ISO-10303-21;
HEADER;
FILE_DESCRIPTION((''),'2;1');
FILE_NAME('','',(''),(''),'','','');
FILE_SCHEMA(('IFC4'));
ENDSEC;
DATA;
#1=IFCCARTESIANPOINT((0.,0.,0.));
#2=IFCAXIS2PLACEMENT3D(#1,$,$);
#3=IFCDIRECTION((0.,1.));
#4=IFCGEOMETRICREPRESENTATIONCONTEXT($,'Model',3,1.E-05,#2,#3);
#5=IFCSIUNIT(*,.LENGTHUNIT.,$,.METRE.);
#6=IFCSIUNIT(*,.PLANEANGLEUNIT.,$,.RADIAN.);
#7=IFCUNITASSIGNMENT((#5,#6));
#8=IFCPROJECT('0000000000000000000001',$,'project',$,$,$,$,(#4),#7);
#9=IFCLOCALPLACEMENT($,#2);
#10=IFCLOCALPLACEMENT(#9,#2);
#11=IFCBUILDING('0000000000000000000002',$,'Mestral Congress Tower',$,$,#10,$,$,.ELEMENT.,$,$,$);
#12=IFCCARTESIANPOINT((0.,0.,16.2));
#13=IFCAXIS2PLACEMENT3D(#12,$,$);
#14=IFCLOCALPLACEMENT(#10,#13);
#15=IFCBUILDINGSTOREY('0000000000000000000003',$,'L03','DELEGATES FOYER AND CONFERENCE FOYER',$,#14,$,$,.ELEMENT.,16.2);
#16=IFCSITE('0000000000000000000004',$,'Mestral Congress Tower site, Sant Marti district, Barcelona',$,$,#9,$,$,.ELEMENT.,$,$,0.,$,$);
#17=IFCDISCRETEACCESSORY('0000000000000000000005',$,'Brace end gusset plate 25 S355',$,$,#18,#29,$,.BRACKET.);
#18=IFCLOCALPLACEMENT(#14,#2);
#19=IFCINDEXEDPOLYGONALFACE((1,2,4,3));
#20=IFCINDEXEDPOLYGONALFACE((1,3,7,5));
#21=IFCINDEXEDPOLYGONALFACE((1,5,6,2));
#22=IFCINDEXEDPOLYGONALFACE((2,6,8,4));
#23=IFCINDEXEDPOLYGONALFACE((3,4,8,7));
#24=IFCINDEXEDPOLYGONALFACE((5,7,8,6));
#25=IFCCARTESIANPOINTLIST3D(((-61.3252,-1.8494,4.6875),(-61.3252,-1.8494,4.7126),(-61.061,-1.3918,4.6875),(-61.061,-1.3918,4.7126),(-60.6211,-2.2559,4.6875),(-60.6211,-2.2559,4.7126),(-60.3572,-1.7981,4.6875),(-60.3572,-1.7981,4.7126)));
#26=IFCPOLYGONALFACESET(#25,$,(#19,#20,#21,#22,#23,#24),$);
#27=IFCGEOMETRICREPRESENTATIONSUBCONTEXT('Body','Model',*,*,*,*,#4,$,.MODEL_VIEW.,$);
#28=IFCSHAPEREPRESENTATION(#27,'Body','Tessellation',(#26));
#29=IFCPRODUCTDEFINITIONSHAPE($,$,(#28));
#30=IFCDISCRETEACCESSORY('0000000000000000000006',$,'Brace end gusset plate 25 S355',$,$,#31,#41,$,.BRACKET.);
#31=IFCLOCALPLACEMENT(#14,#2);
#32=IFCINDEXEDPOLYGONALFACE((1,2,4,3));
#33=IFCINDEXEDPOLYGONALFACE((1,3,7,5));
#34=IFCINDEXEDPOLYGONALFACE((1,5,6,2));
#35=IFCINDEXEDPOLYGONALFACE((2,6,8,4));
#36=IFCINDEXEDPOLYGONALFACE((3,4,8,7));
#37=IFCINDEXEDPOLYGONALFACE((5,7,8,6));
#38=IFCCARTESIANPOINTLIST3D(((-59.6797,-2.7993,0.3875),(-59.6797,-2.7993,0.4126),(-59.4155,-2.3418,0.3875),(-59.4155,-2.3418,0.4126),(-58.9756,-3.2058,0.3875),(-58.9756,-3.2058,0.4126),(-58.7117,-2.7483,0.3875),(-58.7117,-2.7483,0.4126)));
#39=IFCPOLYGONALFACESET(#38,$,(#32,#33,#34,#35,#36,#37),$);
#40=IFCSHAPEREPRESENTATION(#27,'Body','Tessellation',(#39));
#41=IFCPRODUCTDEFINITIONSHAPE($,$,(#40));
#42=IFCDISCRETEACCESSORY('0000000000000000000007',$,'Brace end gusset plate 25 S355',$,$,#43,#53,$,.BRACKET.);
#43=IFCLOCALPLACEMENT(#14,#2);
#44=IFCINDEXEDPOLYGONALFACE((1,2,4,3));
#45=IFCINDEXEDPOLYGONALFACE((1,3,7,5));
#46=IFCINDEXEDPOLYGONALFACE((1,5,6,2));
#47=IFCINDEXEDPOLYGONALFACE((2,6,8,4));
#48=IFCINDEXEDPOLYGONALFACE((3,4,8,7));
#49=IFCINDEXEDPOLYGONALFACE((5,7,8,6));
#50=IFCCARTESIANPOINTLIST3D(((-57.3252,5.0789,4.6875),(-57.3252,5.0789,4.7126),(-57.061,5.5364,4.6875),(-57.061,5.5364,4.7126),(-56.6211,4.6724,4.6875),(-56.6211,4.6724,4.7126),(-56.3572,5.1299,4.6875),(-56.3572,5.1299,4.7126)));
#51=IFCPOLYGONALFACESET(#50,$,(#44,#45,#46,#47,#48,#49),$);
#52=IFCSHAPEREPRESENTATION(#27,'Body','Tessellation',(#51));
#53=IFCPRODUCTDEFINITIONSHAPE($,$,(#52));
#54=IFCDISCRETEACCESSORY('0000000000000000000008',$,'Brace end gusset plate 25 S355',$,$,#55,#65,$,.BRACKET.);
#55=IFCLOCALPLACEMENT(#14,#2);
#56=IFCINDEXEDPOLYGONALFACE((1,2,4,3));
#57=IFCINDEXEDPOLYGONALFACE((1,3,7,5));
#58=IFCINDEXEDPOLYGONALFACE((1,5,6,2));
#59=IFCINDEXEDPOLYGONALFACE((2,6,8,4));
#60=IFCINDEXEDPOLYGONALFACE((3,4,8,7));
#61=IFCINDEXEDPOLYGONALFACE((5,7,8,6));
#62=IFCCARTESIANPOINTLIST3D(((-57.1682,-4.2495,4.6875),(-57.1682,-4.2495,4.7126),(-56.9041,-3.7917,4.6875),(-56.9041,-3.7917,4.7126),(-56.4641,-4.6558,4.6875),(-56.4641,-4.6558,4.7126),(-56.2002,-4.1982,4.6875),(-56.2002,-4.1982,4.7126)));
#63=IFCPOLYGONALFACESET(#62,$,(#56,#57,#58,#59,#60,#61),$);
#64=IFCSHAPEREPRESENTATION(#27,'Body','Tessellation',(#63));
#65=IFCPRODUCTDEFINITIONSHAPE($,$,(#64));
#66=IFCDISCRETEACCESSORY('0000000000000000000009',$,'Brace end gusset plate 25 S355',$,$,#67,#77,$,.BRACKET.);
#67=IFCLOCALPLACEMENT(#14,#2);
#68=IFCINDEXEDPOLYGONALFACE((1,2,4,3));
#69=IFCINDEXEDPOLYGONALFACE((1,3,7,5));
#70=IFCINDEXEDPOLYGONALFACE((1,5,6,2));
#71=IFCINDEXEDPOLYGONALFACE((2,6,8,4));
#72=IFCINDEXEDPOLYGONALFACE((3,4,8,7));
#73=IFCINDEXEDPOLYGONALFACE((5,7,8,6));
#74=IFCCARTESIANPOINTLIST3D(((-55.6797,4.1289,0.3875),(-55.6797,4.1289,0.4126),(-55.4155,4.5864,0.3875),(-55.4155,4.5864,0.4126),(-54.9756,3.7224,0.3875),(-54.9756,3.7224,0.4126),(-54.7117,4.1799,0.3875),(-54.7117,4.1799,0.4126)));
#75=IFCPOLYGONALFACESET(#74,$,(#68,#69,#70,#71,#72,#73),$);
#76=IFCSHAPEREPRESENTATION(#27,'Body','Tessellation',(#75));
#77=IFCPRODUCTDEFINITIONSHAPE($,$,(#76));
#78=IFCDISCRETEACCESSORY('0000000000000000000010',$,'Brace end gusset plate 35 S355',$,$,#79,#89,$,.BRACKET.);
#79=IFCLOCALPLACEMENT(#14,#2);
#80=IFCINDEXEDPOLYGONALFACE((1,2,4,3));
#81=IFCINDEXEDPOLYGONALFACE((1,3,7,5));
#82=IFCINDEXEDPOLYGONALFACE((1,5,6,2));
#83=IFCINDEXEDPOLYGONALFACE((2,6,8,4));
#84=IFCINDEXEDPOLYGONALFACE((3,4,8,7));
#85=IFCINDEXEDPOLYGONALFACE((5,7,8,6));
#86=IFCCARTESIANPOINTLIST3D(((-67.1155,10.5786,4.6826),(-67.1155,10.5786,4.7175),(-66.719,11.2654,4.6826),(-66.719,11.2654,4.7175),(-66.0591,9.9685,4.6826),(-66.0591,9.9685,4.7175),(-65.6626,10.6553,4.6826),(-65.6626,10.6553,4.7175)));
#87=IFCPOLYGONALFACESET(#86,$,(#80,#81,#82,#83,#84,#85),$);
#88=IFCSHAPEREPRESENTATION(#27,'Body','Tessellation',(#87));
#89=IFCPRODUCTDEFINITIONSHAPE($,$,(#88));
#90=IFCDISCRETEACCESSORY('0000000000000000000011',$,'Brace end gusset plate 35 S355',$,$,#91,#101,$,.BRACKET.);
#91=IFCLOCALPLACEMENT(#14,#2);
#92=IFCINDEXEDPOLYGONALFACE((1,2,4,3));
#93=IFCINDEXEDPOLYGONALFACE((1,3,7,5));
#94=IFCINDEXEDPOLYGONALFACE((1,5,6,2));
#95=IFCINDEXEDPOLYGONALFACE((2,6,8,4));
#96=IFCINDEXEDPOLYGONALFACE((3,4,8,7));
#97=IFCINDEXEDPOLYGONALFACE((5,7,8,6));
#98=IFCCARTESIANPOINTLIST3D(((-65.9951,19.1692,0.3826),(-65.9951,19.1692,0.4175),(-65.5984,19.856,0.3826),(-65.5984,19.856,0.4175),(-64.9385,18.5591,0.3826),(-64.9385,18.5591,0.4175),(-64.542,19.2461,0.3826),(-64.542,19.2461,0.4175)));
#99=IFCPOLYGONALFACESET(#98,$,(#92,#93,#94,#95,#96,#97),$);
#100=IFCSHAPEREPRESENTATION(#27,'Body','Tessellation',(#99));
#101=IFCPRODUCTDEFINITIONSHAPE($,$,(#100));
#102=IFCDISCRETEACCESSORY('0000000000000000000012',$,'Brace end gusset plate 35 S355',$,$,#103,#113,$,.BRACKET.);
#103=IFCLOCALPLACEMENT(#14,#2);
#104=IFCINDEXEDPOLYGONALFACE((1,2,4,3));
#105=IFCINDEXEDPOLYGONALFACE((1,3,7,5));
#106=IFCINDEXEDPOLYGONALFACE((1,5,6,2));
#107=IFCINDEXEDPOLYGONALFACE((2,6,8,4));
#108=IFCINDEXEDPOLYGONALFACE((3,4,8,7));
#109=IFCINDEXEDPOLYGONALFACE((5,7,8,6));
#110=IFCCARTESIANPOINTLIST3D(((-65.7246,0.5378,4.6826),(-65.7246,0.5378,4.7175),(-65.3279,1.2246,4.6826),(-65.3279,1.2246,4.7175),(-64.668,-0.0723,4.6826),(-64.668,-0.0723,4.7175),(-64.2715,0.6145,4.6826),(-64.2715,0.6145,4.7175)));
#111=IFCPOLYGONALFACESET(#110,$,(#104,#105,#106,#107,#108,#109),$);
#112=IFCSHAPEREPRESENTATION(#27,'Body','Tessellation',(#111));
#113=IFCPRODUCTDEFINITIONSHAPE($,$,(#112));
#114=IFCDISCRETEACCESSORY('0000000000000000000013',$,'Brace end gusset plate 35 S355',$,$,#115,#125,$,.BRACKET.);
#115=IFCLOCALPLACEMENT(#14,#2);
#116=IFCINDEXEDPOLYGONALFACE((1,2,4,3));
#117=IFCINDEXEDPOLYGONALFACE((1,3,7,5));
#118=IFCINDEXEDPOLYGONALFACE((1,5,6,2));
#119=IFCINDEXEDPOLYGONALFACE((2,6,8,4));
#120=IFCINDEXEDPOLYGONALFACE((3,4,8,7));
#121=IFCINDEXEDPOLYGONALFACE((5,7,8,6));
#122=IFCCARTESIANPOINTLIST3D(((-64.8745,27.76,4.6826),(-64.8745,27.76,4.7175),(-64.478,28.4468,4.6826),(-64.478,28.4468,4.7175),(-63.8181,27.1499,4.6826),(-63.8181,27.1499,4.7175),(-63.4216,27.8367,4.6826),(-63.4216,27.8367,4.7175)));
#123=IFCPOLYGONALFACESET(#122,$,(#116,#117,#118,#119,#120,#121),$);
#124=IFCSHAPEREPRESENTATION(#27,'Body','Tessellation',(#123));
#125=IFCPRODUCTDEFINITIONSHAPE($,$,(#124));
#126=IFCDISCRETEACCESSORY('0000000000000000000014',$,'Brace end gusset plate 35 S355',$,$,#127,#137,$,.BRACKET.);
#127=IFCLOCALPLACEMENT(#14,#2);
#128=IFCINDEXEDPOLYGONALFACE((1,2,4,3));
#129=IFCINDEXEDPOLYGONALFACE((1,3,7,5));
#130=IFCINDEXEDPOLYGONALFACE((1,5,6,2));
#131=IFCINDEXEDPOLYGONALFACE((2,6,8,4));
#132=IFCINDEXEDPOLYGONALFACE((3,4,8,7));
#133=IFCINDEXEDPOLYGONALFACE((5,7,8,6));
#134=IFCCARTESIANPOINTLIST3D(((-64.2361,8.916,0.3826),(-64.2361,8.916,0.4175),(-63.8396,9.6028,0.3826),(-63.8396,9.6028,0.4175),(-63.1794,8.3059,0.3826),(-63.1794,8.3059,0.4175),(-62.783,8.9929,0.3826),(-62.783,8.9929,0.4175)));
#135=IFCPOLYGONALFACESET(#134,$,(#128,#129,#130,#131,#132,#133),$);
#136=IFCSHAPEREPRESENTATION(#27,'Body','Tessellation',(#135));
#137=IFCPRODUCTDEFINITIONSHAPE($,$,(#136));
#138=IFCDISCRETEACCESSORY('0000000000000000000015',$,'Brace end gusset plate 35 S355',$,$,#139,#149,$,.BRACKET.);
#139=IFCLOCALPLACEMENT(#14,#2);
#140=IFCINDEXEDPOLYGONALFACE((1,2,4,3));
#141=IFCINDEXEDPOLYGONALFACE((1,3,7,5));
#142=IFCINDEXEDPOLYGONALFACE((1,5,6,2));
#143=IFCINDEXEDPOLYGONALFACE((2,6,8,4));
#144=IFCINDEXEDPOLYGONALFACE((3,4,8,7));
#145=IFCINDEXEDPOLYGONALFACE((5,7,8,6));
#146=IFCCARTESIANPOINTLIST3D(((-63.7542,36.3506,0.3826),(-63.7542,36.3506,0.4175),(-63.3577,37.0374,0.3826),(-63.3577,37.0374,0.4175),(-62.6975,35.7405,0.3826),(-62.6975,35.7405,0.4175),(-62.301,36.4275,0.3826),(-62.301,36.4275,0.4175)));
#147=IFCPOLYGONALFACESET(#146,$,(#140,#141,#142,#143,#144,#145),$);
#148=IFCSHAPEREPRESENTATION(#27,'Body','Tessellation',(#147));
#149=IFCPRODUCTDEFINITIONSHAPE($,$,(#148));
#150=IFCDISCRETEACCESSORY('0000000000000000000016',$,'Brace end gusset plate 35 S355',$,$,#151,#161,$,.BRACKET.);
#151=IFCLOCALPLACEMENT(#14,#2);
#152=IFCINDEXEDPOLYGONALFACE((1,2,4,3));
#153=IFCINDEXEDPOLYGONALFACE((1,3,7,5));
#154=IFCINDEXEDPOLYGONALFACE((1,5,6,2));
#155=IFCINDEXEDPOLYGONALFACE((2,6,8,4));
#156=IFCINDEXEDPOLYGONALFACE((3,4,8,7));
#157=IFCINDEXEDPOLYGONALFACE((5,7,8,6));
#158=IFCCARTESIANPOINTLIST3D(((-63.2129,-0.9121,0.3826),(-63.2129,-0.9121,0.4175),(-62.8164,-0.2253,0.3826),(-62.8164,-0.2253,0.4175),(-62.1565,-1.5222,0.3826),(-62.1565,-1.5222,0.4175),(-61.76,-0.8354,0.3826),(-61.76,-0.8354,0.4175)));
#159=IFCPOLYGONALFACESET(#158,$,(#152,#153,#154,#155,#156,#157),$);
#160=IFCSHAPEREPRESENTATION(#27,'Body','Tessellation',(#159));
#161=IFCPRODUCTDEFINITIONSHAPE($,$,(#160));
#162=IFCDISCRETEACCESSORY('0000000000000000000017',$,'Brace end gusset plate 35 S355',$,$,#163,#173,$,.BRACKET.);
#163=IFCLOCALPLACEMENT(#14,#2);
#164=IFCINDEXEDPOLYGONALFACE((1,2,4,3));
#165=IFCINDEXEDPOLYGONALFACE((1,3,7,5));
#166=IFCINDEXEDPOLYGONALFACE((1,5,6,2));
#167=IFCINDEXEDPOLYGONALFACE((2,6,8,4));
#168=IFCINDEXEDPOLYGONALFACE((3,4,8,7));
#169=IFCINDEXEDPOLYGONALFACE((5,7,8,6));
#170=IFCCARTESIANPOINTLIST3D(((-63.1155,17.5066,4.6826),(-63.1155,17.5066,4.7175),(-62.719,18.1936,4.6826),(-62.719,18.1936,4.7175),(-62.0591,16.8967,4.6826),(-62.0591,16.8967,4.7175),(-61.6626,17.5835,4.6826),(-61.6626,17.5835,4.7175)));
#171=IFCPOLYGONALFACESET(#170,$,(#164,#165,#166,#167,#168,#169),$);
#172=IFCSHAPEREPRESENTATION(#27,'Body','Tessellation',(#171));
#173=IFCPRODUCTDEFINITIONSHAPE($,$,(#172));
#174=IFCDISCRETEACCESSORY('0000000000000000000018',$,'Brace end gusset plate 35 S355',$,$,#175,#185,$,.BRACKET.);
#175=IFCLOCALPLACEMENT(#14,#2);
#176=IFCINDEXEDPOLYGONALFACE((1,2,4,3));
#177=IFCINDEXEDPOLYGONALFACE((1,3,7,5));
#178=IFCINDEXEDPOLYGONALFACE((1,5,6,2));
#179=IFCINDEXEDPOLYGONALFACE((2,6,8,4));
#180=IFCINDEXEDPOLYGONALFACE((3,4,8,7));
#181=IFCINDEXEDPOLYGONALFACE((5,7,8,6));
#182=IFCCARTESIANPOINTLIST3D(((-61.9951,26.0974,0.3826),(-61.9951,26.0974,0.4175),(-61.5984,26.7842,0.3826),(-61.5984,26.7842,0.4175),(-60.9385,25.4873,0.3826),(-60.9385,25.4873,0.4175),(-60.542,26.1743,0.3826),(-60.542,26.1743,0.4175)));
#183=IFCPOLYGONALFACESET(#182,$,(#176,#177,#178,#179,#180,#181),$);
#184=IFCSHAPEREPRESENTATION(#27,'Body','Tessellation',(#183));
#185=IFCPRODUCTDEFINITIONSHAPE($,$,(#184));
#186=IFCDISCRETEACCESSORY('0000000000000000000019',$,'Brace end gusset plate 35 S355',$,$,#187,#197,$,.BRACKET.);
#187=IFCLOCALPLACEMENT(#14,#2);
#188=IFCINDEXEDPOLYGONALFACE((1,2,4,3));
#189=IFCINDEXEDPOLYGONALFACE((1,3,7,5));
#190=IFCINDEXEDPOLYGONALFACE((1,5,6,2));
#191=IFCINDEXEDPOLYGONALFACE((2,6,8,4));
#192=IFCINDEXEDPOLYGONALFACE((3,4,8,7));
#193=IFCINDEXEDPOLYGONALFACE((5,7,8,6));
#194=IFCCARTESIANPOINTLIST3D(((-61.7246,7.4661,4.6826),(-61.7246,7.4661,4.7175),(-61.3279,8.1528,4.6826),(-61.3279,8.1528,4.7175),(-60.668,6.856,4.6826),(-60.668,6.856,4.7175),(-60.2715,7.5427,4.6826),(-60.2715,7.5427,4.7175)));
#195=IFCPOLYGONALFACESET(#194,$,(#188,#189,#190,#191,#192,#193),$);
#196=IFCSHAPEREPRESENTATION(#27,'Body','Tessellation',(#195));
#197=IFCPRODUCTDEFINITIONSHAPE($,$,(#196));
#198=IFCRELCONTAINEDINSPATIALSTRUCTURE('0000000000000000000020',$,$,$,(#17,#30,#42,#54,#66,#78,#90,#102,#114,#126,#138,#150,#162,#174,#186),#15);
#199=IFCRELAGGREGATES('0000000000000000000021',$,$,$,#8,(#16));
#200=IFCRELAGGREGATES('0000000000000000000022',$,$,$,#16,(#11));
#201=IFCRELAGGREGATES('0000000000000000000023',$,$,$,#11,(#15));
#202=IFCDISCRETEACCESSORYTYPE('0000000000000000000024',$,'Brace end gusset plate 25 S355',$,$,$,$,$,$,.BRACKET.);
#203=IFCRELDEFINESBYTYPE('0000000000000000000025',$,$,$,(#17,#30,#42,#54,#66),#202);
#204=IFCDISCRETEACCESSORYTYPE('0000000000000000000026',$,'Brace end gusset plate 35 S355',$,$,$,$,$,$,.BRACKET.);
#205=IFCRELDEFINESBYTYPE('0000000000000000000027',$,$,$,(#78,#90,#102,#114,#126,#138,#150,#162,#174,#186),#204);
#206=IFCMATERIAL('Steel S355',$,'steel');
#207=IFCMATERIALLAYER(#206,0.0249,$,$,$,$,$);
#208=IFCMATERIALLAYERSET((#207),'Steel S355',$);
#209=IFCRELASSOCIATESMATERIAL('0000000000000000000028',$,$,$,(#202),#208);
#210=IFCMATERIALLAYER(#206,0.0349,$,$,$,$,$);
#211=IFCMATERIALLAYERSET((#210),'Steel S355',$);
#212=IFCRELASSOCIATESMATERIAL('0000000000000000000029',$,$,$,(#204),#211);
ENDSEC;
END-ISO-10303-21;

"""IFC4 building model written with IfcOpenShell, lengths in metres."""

from ifc_helpers import new_model, si_unit, direction, frame, origin, place, context, subcontext, project, spatial, polyline, outline, extrude, material, layer, layer_set, type_object, element, save


model = new_model("IFC4")

# Units and contexts
model_context = context("Model", 3, precision=1e-05, world=origin(), true_north=direction((0.0, 1.0)))
body_context = subcontext(model_context, "Body", "Model", "MODEL_VIEW")
ifc_project = project(units=[si_unit("LENGTHUNIT", "METRE"), si_unit("PLANEANGLEUNIT", "RADIAN")], contexts=[model_context])

# Site, building, storey
site_placement = place(None, origin())
site = spatial("IfcSite", under=ifc_project, at=site_placement, Name="Mestral Congress Tower site, Sant Marti district, Barcelona", CompositionType="ELEMENT", RefElevation=0.0)
building_placement = place(site_placement, origin())
building = spatial("IfcBuilding", under=site, at=building_placement, Name="Mestral Congress Tower", CompositionType="ELEMENT")
storey_placement = place(building_placement, frame((0.0, 0.0, 16.2)))
storey = spatial("IfcBuildingStorey", under=building, at=storey_placement, Name="L03", Description="DELEGATES FOYER AND CONFERENCE FOYER", CompositionType="ELEMENT", Elevation=16.2)

# Discrete accessories
ifc_material = material(Name="Steel S355", Category="steel")
ifc_layer_1 = layer(ifc_material, 0.0249)
ifc_layer_set_1 = layer_set([ifc_layer_1], Name="Steel S355")
discrete_accessory_type_1 = type_object("IfcDiscreteAccessoryType", Name="Brace end gusset plate 25 S355", PredefinedType="BRACKET", material=ifc_layer_set_1)
placement_1 = place(storey_placement, frame((0.0, 0.0, 4.6875)))
element("IfcDiscreteAccessory", 1, at=placement_1, inside=storey, type_object=discrete_accessory_type_1, Name="Brace end gusset plate 25 S355", PredefinedType="BRACKET", context=body_context, shape_type="SweptSolid", body=[
    extrude(outline(polyline([(-61.3252, -1.8494), (-60.6211, -2.2559), (-60.3572, -1.7981), (-61.061, -1.3918), (-61.3252, -1.8494)])), origin(), (0.0, 0.0, 1.0), 0.0251),
])
placement_2 = place(storey_placement, frame((0.0, 0.0, 0.3875)))
element("IfcDiscreteAccessory", 2, at=placement_2, inside=storey, type_object=discrete_accessory_type_1, Name="Brace end gusset plate 25 S355", PredefinedType="BRACKET", context=body_context, shape_type="SweptSolid", body=[
    extrude(outline(polyline([(-59.6797, -2.7993), (-58.9756, -3.2058), (-58.7117, -2.7483), (-59.4155, -2.3418), (-59.6797, -2.7993)])), origin(), (0.0, 0.0, 1.0), 0.0251),
])
element("IfcDiscreteAccessory", 3, at=placement_1, inside=storey, type_object=discrete_accessory_type_1, Name="Brace end gusset plate 25 S355", PredefinedType="BRACKET", context=body_context, shape_type="SweptSolid", body=[
    extrude(outline(polyline([(-57.3252, 5.0789), (-56.6211, 4.6724), (-56.3572, 5.1299), (-57.061, 5.5364), (-57.3252, 5.0789)])), origin(), (0.0, 0.0, 1.0), 0.0251),
])
element("IfcDiscreteAccessory", 4, at=placement_1, inside=storey, type_object=discrete_accessory_type_1, Name="Brace end gusset plate 25 S355", PredefinedType="BRACKET", context=body_context, shape_type="SweptSolid", body=[
    extrude(outline(polyline([(-57.1682, -4.2495), (-56.4641, -4.6558), (-56.2002, -4.1982), (-56.9041, -3.7917), (-57.1682, -4.2495)])), origin(), (0.0, 0.0, 1.0), 0.0251),
])
element("IfcDiscreteAccessory", 5, at=placement_2, inside=storey, type_object=discrete_accessory_type_1, Name="Brace end gusset plate 25 S355", PredefinedType="BRACKET", context=body_context, shape_type="SweptSolid", body=[
    extrude(outline(polyline([(-55.6797, 4.1289), (-54.9756, 3.7224), (-54.7117, 4.1799), (-55.4155, 4.5864), (-55.6797, 4.1289)])), origin(), (0.0, 0.0, 1.0), 0.0251),
])
ifc_layer_2 = layer(ifc_material, 0.0349)
ifc_layer_set_2 = layer_set([ifc_layer_2], Name="Steel S355")
discrete_accessory_type_2 = type_object("IfcDiscreteAccessoryType", Name="Brace end gusset plate 35 S355", PredefinedType="BRACKET", material=ifc_layer_set_2)
placement_3 = place(storey_placement, frame((0.0, 0.0, 4.6826)))
element("IfcDiscreteAccessory", 6, at=placement_3, inside=storey, type_object=discrete_accessory_type_2, Name="Brace end gusset plate 35 S355", PredefinedType="BRACKET", context=body_context, shape_type="SweptSolid", body=[
    extrude(outline(polyline([(-67.1155, 10.5786), (-66.0591, 9.9685), (-65.6626, 10.6553), (-66.719, 11.2654), (-67.1155, 10.5786)])), origin(), (0.0, 0.0, 1.0), 0.0349),
])
placement_4 = place(storey_placement, frame((0.0, 0.0, 0.3826)))
element("IfcDiscreteAccessory", 7, at=placement_4, inside=storey, type_object=discrete_accessory_type_2, Name="Brace end gusset plate 35 S355", PredefinedType="BRACKET", context=body_context, shape_type="SweptSolid", body=[
    extrude(outline(polyline([(-65.9951, 19.1692), (-64.9385, 18.5591), (-64.542, 19.2461), (-65.5984, 19.856), (-65.9951, 19.1692)])), origin(), (0.0, 0.0, 1.0), 0.0349),
])
element("IfcDiscreteAccessory", 8, at=placement_3, inside=storey, type_object=discrete_accessory_type_2, Name="Brace end gusset plate 35 S355", PredefinedType="BRACKET", context=body_context, shape_type="SweptSolid", body=[
    extrude(outline(polyline([(-65.7246, 0.5378), (-64.668, -0.0723), (-64.2715, 0.6145), (-65.3279, 1.2246), (-65.7246, 0.5378)])), origin(), (0.0, 0.0, 1.0), 0.0349),
])
element("IfcDiscreteAccessory", 9, at=placement_3, inside=storey, type_object=discrete_accessory_type_2, Name="Brace end gusset plate 35 S355", PredefinedType="BRACKET", context=body_context, shape_type="SweptSolid", body=[
    extrude(outline(polyline([(-64.8745, 27.76), (-63.8181, 27.1499), (-63.4216, 27.8367), (-64.478, 28.4468), (-64.8745, 27.76)])), origin(), (0.0, 0.0, 1.0), 0.0349),
])
element("IfcDiscreteAccessory", 10, at=placement_4, inside=storey, type_object=discrete_accessory_type_2, Name="Brace end gusset plate 35 S355", PredefinedType="BRACKET", context=body_context, shape_type="SweptSolid", body=[
    extrude(outline(polyline([(-64.2361, 8.916), (-63.1794, 8.3059), (-62.783, 8.9929), (-63.8396, 9.6028), (-64.2361, 8.916)])), origin(), (0.0, 0.0, 1.0), 0.0349),
])
element("IfcDiscreteAccessory", 11, at=placement_4, inside=storey, type_object=discrete_accessory_type_2, Name="Brace end gusset plate 35 S355", PredefinedType="BRACKET", context=body_context, shape_type="SweptSolid", body=[
    extrude(outline(polyline([(-63.7542, 36.3506), (-62.6975, 35.7405), (-62.301, 36.4275), (-63.3577, 37.0374), (-63.7542, 36.3506)])), origin(), (0.0, 0.0, 1.0), 0.0349),
])
element("IfcDiscreteAccessory", 12, at=placement_4, inside=storey, type_object=discrete_accessory_type_2, Name="Brace end gusset plate 35 S355", PredefinedType="BRACKET", context=body_context, shape_type="SweptSolid", body=[
    extrude(outline(polyline([(-61.76, -0.8354), (-62.8164, -0.2253), (-63.2129, -0.9121), (-62.1565, -1.5222), (-61.76, -0.8354)])), origin(), (0.0, 0.0, 1.0), 0.0349),
])
element("IfcDiscreteAccessory", 13, at=placement_3, inside=storey, type_object=discrete_accessory_type_2, Name="Brace end gusset plate 35 S355", PredefinedType="BRACKET", context=body_context, shape_type="SweptSolid", body=[
    extrude(outline(polyline([(-63.1155, 17.5066), (-62.0591, 16.8967), (-61.6626, 17.5835), (-62.719, 18.1936), (-63.1155, 17.5066)])), origin(), (0.0, 0.0, 1.0), 0.0349),
])
element("IfcDiscreteAccessory", 14, at=placement_4, inside=storey, type_object=discrete_accessory_type_2, Name="Brace end gusset plate 35 S355", PredefinedType="BRACKET", context=body_context, shape_type="SweptSolid", body=[
    extrude(outline(polyline([(-61.9951, 26.0974), (-60.9385, 25.4873), (-60.542, 26.1743), (-61.5984, 26.7842), (-61.9951, 26.0974)])), origin(), (0.0, 0.0, 1.0), 0.0349),
])
element("IfcDiscreteAccessory", 15, at=placement_3, inside=storey, type_object=discrete_accessory_type_2, Name="Brace end gusset plate 35 S355", PredefinedType="BRACKET", context=body_context, shape_type="SweptSolid", body=[
    extrude(outline(polyline([(-61.7246, 7.4661), (-60.668, 6.856), (-60.2715, 7.5427), (-61.3279, 8.1528), (-61.7246, 7.4661)])), origin(), (0.0, 0.0, 1.0), 0.0349),
])

save(model, "model.ifc")
